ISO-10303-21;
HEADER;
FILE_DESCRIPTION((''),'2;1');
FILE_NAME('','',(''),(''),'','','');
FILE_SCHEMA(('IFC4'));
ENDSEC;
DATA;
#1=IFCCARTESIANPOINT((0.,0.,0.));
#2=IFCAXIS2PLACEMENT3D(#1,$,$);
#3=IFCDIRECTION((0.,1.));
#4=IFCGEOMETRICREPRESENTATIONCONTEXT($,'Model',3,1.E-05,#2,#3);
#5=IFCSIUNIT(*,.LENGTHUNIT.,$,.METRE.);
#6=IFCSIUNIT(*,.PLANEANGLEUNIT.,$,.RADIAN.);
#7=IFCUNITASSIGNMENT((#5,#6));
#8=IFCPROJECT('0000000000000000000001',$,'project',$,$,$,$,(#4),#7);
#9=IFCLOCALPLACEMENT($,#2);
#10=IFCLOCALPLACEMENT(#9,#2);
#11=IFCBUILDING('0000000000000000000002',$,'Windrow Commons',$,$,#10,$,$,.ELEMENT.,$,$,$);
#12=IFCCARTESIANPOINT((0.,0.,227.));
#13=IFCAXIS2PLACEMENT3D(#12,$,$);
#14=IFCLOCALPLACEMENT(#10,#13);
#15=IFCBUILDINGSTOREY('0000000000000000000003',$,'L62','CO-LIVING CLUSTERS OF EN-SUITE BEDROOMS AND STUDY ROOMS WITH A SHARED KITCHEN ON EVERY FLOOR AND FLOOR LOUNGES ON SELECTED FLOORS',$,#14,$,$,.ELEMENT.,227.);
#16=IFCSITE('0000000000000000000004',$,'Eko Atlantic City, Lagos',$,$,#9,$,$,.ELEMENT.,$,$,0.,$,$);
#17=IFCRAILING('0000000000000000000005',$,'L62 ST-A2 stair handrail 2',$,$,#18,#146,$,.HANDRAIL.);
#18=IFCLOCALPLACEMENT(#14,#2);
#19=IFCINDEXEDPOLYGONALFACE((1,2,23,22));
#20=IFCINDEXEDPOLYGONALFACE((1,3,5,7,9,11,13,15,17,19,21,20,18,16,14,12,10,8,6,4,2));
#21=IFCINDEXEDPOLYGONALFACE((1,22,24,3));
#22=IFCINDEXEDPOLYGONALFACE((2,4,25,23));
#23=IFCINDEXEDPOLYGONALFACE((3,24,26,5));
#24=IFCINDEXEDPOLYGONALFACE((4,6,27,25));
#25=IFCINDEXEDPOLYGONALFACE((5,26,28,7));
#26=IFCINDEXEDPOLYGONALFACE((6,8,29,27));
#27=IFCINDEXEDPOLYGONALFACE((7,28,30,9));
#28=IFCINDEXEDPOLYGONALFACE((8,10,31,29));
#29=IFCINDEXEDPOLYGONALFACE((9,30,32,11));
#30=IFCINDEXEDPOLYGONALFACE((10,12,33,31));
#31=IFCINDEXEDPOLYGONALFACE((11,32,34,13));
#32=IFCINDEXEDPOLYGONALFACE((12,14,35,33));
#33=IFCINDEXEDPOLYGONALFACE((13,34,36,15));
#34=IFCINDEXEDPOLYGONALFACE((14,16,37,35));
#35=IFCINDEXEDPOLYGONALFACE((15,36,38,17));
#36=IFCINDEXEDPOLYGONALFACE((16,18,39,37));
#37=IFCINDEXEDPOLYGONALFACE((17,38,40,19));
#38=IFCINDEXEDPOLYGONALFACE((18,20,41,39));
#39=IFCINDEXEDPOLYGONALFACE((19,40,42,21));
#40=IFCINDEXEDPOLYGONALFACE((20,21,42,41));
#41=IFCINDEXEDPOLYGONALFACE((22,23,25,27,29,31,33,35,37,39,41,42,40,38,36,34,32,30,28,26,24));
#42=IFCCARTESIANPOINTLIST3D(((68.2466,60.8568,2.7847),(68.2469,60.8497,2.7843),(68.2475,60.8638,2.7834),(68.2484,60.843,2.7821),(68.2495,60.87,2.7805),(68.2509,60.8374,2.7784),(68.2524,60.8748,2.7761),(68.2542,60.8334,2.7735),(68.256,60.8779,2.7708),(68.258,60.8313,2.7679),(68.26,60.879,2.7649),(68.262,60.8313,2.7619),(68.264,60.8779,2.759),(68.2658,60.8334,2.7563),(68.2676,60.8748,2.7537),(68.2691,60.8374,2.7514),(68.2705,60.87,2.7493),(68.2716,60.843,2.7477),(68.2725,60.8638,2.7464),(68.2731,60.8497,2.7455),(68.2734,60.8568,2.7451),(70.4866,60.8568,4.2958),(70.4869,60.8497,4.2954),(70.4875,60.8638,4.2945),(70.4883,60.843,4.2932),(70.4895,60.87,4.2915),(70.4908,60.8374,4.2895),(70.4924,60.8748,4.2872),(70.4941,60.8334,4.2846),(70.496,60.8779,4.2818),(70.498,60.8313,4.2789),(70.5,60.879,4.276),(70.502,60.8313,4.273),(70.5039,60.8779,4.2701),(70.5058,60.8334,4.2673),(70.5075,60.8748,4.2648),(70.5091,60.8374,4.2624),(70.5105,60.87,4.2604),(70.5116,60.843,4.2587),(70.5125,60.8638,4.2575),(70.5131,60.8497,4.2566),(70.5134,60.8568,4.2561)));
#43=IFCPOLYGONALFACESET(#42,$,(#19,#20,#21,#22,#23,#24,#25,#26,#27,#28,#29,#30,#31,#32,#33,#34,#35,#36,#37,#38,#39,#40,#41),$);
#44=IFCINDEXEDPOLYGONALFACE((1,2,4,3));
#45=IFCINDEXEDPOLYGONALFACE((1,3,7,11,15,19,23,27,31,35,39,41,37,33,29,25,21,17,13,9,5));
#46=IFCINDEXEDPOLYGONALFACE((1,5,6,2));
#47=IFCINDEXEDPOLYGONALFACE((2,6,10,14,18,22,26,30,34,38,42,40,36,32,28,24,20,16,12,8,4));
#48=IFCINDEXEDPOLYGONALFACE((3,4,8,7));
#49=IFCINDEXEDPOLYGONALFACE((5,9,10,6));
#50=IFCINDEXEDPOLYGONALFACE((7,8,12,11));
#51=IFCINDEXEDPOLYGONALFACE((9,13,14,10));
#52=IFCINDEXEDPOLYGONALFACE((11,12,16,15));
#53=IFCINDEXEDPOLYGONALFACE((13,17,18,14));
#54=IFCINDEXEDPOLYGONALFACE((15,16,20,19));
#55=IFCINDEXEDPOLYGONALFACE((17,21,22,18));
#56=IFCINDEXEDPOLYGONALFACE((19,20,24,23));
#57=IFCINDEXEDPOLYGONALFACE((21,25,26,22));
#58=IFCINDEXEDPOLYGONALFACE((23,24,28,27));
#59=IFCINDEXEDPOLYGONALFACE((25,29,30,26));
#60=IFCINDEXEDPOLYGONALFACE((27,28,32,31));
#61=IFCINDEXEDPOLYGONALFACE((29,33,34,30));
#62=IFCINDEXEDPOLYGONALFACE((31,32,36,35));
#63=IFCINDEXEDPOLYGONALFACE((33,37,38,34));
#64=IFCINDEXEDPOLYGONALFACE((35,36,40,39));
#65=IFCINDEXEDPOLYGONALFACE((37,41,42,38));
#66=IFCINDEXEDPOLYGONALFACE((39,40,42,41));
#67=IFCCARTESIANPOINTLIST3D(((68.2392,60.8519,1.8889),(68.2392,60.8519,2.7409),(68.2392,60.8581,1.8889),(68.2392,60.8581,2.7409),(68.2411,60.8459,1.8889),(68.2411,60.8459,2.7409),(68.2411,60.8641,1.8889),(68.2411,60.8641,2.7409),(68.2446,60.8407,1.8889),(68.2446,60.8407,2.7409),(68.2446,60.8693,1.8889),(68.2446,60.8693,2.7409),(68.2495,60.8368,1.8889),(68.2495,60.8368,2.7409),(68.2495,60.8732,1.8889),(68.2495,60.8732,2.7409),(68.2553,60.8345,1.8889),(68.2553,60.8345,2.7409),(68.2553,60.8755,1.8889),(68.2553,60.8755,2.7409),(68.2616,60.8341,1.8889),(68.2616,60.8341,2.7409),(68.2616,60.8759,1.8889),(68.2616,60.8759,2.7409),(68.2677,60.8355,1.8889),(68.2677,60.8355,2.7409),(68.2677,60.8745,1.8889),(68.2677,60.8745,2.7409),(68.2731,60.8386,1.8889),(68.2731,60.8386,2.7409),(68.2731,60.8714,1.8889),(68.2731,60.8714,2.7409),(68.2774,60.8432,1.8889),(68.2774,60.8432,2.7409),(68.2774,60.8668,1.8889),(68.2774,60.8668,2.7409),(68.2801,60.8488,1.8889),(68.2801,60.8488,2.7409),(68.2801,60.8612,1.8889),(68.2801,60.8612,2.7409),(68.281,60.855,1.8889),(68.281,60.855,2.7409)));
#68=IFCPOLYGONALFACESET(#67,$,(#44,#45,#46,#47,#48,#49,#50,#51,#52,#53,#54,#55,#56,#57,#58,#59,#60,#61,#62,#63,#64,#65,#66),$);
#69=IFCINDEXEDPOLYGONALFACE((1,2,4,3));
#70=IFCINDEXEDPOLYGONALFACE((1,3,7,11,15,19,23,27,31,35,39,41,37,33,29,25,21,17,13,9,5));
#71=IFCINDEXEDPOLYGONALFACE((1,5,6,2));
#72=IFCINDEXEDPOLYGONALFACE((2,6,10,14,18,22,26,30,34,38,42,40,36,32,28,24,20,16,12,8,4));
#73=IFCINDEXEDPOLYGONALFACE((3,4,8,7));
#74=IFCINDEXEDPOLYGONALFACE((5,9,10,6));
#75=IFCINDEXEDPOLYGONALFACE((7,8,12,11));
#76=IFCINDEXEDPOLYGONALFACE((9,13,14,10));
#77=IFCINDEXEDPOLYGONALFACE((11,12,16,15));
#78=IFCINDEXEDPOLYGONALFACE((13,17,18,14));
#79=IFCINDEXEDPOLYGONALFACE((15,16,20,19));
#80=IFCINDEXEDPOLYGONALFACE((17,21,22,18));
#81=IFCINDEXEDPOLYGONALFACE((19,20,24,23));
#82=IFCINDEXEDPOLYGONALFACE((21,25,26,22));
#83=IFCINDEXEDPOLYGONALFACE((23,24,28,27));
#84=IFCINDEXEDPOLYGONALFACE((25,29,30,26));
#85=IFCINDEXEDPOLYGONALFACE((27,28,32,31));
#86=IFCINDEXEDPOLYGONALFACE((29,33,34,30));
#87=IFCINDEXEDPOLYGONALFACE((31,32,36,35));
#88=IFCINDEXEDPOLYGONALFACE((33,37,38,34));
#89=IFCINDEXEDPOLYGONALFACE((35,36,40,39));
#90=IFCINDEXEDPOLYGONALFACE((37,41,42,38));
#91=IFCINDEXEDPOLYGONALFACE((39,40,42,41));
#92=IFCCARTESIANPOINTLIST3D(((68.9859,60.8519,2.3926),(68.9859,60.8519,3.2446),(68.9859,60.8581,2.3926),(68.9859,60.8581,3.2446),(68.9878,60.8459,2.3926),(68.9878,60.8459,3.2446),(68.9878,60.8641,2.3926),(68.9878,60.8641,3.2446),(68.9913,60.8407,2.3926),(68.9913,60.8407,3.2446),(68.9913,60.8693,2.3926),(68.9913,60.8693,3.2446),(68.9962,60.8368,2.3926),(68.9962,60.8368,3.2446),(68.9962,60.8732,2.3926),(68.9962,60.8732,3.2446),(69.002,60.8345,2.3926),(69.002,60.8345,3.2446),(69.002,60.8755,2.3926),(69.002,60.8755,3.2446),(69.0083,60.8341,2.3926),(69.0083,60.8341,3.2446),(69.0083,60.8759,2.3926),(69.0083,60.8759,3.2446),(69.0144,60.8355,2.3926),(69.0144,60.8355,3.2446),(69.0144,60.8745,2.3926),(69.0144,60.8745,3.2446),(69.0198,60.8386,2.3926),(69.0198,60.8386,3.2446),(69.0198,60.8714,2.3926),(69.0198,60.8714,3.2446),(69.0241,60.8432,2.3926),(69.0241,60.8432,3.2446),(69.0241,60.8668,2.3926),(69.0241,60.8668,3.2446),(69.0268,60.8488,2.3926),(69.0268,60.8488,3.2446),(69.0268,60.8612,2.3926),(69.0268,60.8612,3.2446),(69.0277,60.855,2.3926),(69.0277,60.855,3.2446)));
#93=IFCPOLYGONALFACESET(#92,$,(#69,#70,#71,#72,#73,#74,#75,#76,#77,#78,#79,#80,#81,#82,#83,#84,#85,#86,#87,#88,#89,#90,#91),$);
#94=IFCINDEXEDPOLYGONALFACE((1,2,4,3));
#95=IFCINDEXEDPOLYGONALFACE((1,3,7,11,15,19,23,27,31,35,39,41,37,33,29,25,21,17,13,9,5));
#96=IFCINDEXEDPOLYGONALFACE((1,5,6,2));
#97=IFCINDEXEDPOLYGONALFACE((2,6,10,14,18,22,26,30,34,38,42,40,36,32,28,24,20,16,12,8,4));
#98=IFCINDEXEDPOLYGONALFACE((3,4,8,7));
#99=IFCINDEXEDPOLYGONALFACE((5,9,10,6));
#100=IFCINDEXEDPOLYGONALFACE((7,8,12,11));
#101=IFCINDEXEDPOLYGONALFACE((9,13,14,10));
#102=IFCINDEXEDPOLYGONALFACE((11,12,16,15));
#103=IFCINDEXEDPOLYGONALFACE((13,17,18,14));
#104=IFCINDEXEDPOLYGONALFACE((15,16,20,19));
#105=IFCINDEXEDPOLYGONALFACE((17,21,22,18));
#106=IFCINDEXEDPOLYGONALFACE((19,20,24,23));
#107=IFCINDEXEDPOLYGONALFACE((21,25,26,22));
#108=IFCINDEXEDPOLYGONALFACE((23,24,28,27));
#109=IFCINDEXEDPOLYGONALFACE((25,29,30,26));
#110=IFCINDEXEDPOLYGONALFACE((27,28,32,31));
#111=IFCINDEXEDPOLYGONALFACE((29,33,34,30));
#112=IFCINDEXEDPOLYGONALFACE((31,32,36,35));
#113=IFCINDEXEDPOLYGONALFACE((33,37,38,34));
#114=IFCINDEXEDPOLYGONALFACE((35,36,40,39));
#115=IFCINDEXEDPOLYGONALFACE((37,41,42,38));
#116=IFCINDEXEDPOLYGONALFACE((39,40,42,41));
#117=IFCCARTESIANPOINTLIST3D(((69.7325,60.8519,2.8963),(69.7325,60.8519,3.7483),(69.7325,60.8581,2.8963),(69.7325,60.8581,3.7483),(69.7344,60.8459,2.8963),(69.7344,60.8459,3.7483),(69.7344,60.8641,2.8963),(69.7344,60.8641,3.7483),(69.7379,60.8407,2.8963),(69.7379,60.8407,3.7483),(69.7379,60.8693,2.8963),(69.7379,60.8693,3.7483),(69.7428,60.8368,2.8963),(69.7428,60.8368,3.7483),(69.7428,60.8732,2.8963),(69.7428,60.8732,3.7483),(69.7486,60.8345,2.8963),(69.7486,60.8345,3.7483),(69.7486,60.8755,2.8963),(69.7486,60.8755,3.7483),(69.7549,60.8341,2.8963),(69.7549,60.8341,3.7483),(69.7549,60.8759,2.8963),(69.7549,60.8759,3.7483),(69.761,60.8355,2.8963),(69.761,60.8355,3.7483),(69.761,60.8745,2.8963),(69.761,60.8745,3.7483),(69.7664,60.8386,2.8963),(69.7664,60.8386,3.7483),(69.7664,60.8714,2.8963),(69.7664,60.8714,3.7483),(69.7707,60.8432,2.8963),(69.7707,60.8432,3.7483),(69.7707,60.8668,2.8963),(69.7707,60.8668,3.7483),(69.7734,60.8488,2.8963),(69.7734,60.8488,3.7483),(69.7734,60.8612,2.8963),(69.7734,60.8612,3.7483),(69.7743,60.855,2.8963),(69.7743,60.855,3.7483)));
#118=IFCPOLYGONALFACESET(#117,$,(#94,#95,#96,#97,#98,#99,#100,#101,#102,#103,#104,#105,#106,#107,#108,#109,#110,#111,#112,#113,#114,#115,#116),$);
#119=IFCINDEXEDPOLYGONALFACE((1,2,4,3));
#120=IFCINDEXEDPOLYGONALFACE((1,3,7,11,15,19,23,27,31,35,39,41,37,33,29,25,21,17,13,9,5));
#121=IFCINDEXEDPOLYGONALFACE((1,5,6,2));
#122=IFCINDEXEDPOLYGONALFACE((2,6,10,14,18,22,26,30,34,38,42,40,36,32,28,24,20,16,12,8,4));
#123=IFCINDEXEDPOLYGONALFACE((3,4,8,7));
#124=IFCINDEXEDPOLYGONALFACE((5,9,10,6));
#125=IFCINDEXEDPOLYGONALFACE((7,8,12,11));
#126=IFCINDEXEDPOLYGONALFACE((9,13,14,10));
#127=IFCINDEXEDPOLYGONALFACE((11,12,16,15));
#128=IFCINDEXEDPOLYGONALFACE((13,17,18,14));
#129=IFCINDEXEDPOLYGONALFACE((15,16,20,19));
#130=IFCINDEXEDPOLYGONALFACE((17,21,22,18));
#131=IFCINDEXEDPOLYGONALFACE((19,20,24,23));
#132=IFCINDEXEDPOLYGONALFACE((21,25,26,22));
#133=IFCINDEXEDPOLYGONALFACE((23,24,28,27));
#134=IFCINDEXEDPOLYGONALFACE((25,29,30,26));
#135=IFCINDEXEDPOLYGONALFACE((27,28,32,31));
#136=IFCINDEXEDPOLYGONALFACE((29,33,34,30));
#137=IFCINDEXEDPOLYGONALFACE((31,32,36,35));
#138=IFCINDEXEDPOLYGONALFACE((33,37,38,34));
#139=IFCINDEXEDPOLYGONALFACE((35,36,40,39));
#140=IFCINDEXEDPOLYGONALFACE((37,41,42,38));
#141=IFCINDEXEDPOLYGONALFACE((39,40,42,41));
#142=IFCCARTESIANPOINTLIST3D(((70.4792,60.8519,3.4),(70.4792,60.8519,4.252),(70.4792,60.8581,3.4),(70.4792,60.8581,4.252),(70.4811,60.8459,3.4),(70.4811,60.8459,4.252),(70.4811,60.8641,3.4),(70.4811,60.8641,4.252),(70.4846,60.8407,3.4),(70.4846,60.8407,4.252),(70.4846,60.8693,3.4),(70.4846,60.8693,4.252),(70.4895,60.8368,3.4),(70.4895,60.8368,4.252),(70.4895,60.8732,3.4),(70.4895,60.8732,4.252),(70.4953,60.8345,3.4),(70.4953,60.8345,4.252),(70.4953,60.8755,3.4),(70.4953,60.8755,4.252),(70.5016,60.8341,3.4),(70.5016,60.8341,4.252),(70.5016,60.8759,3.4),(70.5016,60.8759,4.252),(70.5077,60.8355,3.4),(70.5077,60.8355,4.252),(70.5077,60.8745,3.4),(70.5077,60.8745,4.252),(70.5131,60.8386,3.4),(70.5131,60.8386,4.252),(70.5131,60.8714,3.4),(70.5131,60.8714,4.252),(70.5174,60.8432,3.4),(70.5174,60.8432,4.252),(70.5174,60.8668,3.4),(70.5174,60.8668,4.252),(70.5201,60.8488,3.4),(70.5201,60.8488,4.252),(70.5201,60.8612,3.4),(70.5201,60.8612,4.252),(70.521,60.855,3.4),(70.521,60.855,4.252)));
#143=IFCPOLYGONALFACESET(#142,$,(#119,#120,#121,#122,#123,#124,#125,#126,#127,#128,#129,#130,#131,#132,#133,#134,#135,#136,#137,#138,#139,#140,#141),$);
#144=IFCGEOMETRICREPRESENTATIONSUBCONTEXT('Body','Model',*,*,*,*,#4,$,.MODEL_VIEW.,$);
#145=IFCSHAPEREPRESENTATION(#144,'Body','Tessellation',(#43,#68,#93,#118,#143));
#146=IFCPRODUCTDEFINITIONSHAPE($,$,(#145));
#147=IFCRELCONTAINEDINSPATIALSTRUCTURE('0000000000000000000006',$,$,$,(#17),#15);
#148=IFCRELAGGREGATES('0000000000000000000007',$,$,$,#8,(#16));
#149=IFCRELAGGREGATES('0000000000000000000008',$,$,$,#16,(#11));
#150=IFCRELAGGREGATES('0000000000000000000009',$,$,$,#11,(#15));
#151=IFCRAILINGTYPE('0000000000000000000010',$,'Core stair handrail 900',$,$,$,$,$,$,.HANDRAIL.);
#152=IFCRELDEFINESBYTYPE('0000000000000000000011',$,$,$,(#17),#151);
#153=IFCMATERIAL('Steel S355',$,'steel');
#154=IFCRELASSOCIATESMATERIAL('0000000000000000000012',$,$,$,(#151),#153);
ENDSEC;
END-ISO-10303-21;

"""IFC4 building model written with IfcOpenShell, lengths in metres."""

from ifc_helpers import new_model, si_unit, direction, frame, origin, origin_2d, place, context, subcontext, project, spatial, circle, extrude, material, type_object, element, save


model = new_model("IFC4")

# Units and contexts
model_context = context("Model", 3, precision=1e-05, world=origin(), true_north=direction((0.0, 1.0)))
body_context = subcontext(model_context, "Body", "Model", "MODEL_VIEW")
ifc_project = project(units=[si_unit("LENGTHUNIT", "METRE"), si_unit("PLANEANGLEUNIT", "RADIAN")], contexts=[model_context])

# Site, building, storey
site_placement = place(None, origin())
site = spatial("IfcSite", under=ifc_project, at=site_placement, Name="Eko Atlantic City, Lagos", CompositionType="ELEMENT", RefElevation=0.0)
building_placement = place(site_placement, origin())
building = spatial("IfcBuilding", under=site, at=building_placement, Name="Windrow Commons", CompositionType="ELEMENT")
storey_placement = place(building_placement, frame((0.0, 0.0, 227.0)))
storey = spatial("IfcBuildingStorey", under=building, at=storey_placement, Name="L62", Description="CO-LIVING CLUSTERS OF EN-SUITE BEDROOMS AND STUDY ROOMS WITH A SHARED KITCHEN ON EVERY FLOOR AND FLOOR LOUNGES ON SELECTED FLOORS", CompositionType="ELEMENT", Elevation=227.0)

# Railing
ifc_material_1 = material(Name="Steel S355", Category="steel")
railing_type = type_object("IfcRailingType", Name="Core stair handrail 900", PredefinedType="HANDRAIL", material=ifc_material_1)
for number, where, name in (
    (1, (68.26, 60.855, 1.8889), "L62 ST-A2 stair handrail 2"),
):
    element("IfcRailing", number, at=place(storey_placement, frame(where)), inside=storey, type_object=railing_type, Name=name, PredefinedType="HANDRAIL", context=body_context, shape_type="SweptSolid", body=[
        extrude(circle(Radius=0.024, at=origin_2d()), frame((0.0, 0.0, 0.876), z_axis=(0.829003, 0.0, 0.559244), x_axis=(0.0, 1.0, 0.0)), (0.0, 0.0, 1.0), 2.702),
        extrude(circle(Radius=0.021, at=origin_2d()), origin(), (0.0, 0.0, 1.0), 0.852),
        extrude(circle(Radius=0.021, at=origin_2d()), frame((0.7467, 0.0, 0.5037)), (0.0, 0.0, 1.0), 0.852),
        extrude(circle(Radius=0.021, at=origin_2d()), frame((1.4933, 0.0, 1.0074)), (0.0, 0.0, 1.0), 0.852),
        extrude(circle(Radius=0.021, at=origin_2d()), frame((2.24, 0.0, 1.5111)), (0.0, 0.0, 1.0), 0.852),
    ])

save(model, "model.ifc")
